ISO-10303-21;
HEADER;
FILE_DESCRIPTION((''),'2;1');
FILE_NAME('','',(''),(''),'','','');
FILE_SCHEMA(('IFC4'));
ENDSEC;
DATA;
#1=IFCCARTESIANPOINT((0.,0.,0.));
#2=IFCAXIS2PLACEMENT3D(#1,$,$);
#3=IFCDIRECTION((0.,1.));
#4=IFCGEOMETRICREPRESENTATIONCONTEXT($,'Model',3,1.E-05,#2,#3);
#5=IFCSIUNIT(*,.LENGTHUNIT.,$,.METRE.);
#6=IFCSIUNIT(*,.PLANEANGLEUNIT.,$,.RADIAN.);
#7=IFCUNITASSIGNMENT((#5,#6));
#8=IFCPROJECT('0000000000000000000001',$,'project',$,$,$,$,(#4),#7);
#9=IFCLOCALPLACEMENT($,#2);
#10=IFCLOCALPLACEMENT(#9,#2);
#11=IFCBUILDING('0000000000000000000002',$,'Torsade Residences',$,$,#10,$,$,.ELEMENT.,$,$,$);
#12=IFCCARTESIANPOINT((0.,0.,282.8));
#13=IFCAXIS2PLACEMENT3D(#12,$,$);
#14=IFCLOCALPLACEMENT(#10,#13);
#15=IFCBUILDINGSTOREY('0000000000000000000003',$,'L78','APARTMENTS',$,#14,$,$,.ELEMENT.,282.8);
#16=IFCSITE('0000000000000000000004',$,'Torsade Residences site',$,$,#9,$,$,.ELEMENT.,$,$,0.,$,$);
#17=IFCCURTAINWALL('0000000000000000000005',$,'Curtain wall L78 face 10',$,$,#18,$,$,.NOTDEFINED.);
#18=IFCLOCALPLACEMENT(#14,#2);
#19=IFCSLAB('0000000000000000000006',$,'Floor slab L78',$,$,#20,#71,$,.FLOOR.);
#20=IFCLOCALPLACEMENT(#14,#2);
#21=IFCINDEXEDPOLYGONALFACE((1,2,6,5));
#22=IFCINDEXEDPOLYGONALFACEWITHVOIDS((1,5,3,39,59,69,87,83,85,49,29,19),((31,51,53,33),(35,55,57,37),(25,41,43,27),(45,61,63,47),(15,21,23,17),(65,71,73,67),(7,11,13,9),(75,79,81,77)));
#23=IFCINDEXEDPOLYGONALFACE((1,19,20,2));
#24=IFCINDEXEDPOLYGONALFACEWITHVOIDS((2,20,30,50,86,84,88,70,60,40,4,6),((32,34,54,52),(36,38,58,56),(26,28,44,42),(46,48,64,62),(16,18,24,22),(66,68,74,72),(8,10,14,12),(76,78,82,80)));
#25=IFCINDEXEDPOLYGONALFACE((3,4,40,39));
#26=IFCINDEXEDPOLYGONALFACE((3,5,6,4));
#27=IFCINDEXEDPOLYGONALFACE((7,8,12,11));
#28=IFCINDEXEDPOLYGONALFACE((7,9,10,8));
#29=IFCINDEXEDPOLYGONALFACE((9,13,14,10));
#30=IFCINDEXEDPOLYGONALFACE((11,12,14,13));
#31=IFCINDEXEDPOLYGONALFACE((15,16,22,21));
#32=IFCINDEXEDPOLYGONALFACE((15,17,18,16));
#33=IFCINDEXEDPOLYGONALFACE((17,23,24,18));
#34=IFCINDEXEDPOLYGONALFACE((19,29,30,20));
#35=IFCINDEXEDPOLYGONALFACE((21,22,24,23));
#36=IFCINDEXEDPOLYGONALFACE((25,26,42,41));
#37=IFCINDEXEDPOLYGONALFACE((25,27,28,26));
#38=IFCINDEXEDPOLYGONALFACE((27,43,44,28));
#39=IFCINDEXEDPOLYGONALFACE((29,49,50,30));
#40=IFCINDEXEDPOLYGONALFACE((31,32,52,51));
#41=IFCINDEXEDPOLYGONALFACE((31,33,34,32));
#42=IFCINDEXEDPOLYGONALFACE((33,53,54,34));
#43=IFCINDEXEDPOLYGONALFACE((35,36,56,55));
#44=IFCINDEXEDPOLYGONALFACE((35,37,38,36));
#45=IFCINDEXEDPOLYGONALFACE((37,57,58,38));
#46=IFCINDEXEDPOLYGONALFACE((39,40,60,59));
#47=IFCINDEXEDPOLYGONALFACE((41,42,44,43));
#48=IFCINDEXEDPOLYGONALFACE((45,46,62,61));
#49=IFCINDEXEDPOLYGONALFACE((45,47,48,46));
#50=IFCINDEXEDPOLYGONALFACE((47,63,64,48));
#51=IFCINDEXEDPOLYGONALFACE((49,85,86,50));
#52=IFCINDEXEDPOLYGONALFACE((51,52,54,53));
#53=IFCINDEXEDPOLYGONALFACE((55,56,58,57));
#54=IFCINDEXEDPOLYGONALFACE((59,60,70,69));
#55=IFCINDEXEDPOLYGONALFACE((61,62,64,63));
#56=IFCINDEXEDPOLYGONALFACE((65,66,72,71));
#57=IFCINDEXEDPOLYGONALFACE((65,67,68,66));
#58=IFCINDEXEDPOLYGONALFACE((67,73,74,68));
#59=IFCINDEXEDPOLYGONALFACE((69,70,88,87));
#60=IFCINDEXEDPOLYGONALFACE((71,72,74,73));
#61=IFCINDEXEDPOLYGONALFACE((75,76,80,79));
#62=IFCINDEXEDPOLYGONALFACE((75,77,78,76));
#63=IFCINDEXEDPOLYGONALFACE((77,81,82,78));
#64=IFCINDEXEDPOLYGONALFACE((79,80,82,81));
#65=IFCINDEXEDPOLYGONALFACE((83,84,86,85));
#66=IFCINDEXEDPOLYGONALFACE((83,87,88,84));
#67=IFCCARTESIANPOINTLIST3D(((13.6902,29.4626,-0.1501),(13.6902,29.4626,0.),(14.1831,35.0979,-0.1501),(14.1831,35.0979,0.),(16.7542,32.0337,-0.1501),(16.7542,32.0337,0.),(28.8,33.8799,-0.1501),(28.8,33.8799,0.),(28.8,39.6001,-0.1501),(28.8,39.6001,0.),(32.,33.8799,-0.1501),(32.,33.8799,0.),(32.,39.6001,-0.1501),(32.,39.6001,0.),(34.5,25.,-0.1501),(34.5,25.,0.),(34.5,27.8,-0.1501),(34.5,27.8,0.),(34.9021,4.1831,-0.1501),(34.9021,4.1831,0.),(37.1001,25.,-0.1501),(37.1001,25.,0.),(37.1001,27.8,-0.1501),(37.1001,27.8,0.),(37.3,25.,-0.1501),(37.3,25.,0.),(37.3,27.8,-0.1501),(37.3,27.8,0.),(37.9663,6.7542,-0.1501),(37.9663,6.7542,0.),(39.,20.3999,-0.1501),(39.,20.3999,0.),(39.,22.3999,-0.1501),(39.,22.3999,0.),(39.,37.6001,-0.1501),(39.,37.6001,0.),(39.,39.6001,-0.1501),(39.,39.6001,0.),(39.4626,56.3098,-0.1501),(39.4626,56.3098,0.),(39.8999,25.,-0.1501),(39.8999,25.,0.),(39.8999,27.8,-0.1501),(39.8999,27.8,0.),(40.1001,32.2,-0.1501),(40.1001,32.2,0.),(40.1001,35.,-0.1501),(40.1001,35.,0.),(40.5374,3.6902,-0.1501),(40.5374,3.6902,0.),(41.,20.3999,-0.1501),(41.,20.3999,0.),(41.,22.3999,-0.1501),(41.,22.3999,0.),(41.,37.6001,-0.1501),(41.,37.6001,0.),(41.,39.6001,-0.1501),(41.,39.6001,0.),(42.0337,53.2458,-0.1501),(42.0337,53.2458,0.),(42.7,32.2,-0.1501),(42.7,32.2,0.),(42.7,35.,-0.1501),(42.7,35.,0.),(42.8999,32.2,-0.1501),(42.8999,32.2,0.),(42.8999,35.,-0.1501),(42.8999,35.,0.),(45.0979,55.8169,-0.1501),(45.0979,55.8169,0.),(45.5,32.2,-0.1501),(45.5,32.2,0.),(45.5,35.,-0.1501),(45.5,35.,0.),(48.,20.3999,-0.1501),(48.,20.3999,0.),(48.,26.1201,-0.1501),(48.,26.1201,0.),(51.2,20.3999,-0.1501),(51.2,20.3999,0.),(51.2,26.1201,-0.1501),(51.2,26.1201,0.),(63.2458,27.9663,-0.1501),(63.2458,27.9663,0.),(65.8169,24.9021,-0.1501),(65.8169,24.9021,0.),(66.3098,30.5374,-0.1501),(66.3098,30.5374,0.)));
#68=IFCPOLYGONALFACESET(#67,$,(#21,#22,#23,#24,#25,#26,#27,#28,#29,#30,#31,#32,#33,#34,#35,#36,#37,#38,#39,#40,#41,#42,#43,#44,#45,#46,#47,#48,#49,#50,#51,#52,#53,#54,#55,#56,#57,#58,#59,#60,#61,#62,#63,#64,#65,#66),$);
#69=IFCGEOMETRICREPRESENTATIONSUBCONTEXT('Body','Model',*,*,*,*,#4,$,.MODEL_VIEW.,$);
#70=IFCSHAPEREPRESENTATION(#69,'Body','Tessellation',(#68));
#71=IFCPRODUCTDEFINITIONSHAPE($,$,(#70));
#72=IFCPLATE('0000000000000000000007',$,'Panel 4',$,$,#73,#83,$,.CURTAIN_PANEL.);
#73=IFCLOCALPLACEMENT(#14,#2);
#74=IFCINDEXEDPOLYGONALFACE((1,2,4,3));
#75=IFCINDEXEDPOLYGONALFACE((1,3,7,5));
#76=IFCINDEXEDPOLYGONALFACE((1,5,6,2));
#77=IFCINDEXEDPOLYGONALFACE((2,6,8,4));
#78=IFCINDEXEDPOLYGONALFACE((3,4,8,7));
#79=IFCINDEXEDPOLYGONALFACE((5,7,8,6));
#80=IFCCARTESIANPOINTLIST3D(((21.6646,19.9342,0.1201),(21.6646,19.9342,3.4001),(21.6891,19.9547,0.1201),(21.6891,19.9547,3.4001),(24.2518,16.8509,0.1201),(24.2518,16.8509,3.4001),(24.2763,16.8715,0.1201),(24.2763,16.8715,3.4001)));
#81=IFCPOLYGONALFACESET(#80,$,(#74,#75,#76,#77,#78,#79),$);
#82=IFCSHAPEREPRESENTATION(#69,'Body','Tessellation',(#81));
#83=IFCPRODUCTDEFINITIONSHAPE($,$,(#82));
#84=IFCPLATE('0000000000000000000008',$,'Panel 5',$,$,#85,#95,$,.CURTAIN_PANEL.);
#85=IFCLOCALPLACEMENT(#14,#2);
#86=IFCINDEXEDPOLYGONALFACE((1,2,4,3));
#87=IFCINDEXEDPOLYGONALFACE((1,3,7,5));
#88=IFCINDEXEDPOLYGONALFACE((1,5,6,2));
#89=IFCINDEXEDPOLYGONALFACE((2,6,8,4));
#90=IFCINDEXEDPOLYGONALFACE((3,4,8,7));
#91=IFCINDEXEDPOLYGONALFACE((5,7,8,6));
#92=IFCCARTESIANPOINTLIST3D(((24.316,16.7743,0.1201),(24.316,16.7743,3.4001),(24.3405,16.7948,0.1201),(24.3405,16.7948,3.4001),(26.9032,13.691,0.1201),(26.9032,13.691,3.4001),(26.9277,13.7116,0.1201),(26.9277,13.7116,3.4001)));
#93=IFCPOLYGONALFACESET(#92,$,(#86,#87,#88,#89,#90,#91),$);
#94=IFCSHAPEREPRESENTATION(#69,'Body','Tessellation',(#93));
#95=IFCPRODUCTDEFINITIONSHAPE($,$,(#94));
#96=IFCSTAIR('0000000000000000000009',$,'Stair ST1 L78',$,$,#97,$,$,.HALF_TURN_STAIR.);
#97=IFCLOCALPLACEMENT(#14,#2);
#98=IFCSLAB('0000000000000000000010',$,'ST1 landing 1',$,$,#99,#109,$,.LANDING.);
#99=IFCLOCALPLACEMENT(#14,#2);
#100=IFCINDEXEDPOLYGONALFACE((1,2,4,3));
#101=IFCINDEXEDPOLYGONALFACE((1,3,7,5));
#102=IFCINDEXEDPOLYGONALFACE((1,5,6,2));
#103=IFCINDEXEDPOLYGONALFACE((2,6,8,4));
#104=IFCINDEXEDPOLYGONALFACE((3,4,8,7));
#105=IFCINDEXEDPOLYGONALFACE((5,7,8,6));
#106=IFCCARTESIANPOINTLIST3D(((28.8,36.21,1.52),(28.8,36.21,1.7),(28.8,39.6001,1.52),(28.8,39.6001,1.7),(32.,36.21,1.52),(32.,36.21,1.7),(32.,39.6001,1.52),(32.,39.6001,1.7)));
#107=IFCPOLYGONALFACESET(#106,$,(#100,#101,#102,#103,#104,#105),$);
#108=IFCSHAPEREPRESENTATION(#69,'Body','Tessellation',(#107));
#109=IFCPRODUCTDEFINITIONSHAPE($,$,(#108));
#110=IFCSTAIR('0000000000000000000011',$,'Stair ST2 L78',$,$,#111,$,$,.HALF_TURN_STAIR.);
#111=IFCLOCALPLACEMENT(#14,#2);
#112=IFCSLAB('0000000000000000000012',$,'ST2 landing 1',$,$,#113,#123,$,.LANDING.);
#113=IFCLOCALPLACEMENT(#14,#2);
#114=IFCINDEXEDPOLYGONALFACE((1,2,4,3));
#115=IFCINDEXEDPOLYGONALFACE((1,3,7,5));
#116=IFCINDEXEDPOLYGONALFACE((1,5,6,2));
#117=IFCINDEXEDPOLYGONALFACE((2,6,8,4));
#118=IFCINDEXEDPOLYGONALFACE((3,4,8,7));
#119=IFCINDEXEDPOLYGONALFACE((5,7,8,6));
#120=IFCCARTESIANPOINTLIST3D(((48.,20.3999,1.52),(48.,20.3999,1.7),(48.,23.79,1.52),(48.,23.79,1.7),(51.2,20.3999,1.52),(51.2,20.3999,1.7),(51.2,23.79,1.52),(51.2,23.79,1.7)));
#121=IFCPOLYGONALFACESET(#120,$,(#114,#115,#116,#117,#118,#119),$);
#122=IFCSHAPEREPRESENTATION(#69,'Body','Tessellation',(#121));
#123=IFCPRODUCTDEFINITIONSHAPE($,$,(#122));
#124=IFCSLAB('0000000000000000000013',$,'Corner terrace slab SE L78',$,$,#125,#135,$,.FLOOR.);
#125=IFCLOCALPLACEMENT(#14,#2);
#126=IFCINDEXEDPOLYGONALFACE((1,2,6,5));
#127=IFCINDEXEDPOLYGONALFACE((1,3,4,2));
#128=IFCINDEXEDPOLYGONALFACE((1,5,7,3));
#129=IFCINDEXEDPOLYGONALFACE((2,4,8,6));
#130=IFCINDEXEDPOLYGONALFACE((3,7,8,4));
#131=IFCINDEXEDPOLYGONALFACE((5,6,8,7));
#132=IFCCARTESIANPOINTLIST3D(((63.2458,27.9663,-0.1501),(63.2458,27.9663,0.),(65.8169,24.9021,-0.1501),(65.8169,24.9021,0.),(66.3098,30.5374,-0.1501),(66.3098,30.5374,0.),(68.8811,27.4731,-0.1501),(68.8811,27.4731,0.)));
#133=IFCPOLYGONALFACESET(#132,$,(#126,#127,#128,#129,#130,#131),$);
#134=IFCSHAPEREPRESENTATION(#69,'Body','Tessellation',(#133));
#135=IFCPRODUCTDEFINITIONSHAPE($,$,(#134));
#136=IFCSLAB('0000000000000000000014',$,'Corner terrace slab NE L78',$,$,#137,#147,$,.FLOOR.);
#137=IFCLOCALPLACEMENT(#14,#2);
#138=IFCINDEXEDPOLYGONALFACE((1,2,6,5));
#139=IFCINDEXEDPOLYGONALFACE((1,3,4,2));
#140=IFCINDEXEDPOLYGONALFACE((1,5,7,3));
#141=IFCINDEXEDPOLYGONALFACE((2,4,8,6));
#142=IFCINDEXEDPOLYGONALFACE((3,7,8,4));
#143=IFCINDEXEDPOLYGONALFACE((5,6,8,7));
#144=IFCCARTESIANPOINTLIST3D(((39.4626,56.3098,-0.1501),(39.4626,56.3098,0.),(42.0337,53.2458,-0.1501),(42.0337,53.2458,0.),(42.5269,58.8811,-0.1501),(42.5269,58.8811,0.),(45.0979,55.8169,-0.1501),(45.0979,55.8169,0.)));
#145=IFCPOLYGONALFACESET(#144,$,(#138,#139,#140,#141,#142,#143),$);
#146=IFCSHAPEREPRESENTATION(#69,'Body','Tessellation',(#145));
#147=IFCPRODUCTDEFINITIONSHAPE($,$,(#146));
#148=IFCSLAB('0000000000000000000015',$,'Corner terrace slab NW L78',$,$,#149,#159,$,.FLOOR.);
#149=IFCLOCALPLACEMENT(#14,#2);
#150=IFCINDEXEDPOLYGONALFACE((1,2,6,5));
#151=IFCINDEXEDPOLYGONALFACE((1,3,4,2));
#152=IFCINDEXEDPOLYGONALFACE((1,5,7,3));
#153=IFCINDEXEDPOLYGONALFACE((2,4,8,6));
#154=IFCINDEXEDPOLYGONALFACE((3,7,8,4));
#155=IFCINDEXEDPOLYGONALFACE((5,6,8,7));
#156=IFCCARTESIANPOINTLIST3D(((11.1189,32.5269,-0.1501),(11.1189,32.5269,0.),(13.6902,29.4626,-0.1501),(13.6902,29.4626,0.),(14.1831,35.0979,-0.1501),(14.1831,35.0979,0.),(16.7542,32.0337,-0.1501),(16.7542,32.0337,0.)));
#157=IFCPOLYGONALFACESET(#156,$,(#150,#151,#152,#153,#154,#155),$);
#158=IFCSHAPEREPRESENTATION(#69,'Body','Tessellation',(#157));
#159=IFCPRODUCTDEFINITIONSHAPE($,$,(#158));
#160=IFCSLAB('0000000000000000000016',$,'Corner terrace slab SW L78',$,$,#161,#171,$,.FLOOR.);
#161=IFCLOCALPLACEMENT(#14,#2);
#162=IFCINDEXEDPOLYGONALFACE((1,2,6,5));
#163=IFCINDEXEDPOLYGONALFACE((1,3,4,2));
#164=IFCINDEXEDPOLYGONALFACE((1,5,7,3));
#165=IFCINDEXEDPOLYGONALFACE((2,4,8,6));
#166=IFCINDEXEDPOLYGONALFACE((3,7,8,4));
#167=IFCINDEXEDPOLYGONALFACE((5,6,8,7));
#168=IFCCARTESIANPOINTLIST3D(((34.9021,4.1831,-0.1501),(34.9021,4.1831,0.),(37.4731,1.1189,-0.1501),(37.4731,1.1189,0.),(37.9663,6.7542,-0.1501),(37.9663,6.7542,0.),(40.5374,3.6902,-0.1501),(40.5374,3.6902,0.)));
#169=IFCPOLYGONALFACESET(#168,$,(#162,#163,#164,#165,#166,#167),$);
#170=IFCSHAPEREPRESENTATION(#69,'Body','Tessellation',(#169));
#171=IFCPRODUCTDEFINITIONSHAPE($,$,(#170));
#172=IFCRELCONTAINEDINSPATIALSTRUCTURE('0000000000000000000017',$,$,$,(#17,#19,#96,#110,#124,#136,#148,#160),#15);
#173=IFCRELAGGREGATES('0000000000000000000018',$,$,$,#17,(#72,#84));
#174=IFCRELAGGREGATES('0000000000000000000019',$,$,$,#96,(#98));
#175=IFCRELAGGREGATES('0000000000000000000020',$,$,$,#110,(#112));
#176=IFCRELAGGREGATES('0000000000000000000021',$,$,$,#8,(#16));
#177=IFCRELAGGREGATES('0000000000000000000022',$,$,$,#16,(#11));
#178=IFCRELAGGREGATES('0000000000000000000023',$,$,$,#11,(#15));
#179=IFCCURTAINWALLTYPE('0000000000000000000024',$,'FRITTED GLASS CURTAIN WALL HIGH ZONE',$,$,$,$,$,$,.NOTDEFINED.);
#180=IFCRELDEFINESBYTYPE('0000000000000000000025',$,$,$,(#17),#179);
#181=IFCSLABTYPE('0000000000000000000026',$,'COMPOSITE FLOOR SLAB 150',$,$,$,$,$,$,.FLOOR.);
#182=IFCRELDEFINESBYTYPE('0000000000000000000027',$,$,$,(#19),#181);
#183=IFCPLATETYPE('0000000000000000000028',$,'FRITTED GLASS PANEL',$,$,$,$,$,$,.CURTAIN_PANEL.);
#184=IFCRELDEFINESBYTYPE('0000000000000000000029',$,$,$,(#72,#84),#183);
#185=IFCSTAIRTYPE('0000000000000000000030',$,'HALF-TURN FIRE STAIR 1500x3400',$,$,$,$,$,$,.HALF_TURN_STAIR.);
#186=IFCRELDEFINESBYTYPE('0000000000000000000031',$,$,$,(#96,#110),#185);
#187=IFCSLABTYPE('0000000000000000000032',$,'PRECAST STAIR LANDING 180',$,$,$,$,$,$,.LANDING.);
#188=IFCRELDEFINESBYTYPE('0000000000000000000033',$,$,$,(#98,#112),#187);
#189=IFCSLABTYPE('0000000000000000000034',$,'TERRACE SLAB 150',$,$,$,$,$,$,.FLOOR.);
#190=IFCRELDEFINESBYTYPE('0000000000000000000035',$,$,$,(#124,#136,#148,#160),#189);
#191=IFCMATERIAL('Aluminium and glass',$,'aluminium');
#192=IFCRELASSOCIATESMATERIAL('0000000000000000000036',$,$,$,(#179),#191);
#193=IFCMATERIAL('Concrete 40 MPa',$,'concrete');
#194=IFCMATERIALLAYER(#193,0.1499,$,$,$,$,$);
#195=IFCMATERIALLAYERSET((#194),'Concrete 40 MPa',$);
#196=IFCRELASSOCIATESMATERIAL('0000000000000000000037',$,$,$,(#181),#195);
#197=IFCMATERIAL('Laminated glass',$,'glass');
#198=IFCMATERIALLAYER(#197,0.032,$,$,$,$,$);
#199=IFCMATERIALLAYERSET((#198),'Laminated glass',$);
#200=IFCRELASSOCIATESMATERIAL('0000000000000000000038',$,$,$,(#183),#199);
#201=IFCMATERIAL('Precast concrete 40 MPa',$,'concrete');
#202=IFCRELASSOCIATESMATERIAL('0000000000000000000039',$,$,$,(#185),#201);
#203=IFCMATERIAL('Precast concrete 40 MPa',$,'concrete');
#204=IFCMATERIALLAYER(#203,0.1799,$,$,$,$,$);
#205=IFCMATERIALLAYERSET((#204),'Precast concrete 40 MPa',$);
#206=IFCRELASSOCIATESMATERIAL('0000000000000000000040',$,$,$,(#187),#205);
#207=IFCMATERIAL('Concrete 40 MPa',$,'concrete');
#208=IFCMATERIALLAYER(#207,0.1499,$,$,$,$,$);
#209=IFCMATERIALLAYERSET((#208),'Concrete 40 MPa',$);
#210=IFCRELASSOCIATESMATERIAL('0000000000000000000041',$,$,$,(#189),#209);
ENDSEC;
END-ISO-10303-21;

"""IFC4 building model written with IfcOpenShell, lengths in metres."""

from ifc_helpers import new_model, si_unit, direction, frame, origin, origin_2d, place, context, subcontext, project, spatial, polyline, rectangle, outline, extrude, material, layer, layer_set, type_object, element, aggregate, save


model = new_model("IFC4")

# Units and contexts
model_context = context("Model", 3, precision=1e-05, world=origin(), true_north=direction((0.0, 1.0)))
body_context = subcontext(model_context, "Body", "Model", "MODEL_VIEW")
ifc_project = project(units=[si_unit("LENGTHUNIT", "METRE"), si_unit("PLANEANGLEUNIT", "RADIAN")], contexts=[model_context])

# Site, building, storey
site_placement = place(None, origin())
site = spatial("IfcSite", under=ifc_project, at=site_placement, Name="Torsade Residences site", CompositionType="ELEMENT", RefElevation=0.0)
building_placement = place(site_placement, origin())
building = spatial("IfcBuilding", under=site, at=building_placement, Name="Torsade Residences", CompositionType="ELEMENT")
storey_placement = place(building_placement, frame((0.0, 0.0, 282.8)))
storey = spatial("IfcBuildingStorey", under=building, at=storey_placement, Name="L78", Description="APARTMENTS", CompositionType="ELEMENT", Elevation=282.8)

# Curtain wall
ifc_material_1 = material(Name="Aluminium and glass", Category="aluminium")
curtain_wall_type = type_object("IfcCurtainWallType", Name="FRITTED GLASS CURTAIN WALL HIGH ZONE", PredefinedType="NOTDEFINED", material=ifc_material_1)
curtain_wall_placement = place(storey_placement, origin())
curtain_wall = element("IfcCurtainWall", 1, at=curtain_wall_placement, inside=storey, type_object=curtain_wall_type, Name="Curtain wall L78 face 10", PredefinedType="NOTDEFINED")

# Slab
ifc_material_2 = material(Name="Concrete 40 MPa", Category="concrete")
ifc_layer_1 = layer(ifc_material_2, 0.1499)
ifc_layer_set_1 = layer_set([ifc_layer_1], Name="Concrete 40 MPa")
slab_type_1 = type_object("IfcSlabType", Name="COMPOSITE FLOOR SLAB 150", PredefinedType="FLOOR", material=ifc_layer_set_1)
slab_1_placement = place(storey_placement, frame((0.0, 0.0, -0.1501)))
element("IfcSlab", 2, at=slab_1_placement, inside=storey, type_object=slab_type_1, Name="Floor slab L78", PredefinedType="FLOOR", context=body_context, shape_type="SweptSolid", body=[
    extrude(outline(polyline([(40.5374, 3.6902), (65.8169, 24.9021), (63.2458, 27.9663), (66.3098, 30.5374), (45.0979, 55.8169), (42.0337, 53.2458), (39.4626, 56.3098), (14.1831, 35.0979), (16.7542, 32.0337), (13.6902, 29.4626), (34.9021, 4.1831), (37.9663, 6.7542), (40.5374, 3.6902)]), holes=[polyline([(51.2, 26.1201), (48.0, 26.1201), (48.0, 20.3999), (51.2, 20.3999), (51.2, 26.1201)]), polyline([(45.5, 35.0), (42.8999, 35.0), (42.8999, 32.2), (45.5, 32.2), (45.5, 35.0)]), polyline([(42.7, 35.0), (40.1001, 35.0), (40.1001, 32.2), (42.7, 32.2), (42.7, 35.0)]), polyline([(41.0, 22.3999), (39.0, 22.3999), (39.0, 20.3999), (41.0, 20.3999), (41.0, 22.3999)]), polyline([(41.0, 39.6001), (39.0, 39.6001), (39.0, 37.6001), (41.0, 37.6001), (41.0, 39.6001)]), polyline([(39.8999, 27.8), (37.3, 27.8), (37.3, 25.0), (39.8999, 25.0), (39.8999, 27.8)]), polyline([(37.1001, 27.8), (34.5, 27.8), (34.5, 25.0), (37.1001, 25.0), (37.1001, 27.8)]), polyline([(32.0, 39.6001), (28.8, 39.6001), (28.8, 33.8799), (32.0, 33.8799), (32.0, 39.6001)])]), origin(), (0.0, 0.0, 1.0), 0.1501),
])

# Plates
ifc_material_3 = material(Name="Laminated glass", Category="glass")
ifc_layer_2 = layer(ifc_material_3, 0.032)
ifc_layer_set_2 = layer_set([ifc_layer_2], Name="Laminated glass")
plate_type = type_object("IfcPlateType", Name="FRITTED GLASS PANEL", PredefinedType="CURTAIN_PANEL", material=ifc_layer_set_2)
plate_1_placement = place(storey_placement, frame((22.9705, 18.4028, 0.1201), z_axis=(0.0, 0.0, 1.0), x_axis=(0.642788, -0.766044, 0.0)))
plate_1 = element("IfcPlate", 3, at=plate_1_placement, type_object=plate_type, Name="Panel 4", PredefinedType="CURTAIN_PANEL", context=body_context, shape_type="SweptSolid", body=[
    extrude(rectangle(XDim=4.0249, YDim=0.032, at=origin_2d()), origin(), (0.0, 0.0, 1.0), 3.28),
])
plate_2_placement = place(storey_placement, frame((25.6218, 15.2429, 0.1201), z_axis=(0.0, 0.0, 1.0), x_axis=(0.642788, -0.766044, 0.0)))
plate_2 = element("IfcPlate", 4, at=plate_2_placement, type_object=plate_type, Name="Panel 5", PredefinedType="CURTAIN_PANEL", context=body_context, shape_type="SweptSolid", body=[
    extrude(rectangle(XDim=4.0249, YDim=0.032, at=origin_2d()), origin(), (0.0, 0.0, 1.0), 3.28),
])
aggregate(curtain_wall, [plate_1, plate_2])

# Stairs, slabs
ifc_material_4 = material(Name="Precast concrete 40 MPa", Category="concrete")
stair_type = type_object("IfcStairType", Name="HALF-TURN FIRE STAIR 1500x3400", PredefinedType="HALF_TURN_STAIR", material=ifc_material_4)
stair_1_placement = place(storey_placement, origin())
stair_1 = element("IfcStair", 5, at=stair_1_placement, inside=storey, type_object=stair_type, Name="Stair ST1 L78", PredefinedType="HALF_TURN_STAIR")
ifc_material_5 = material(Name="Precast concrete 40 MPa", Category="concrete")
ifc_layer_3 = layer(ifc_material_5, 0.1799)
ifc_layer_set_3 = layer_set([ifc_layer_3], Name="Precast concrete 40 MPa")
slab_type_2 = type_object("IfcSlabType", Name="PRECAST STAIR LANDING 180", PredefinedType="LANDING", material=ifc_layer_set_3)
slab_2_placement = place(storey_placement, frame((0.0, 0.0, 1.52)))
slab_2 = element("IfcSlab", 6, at=slab_2_placement, type_object=slab_type_2, Name="ST1 landing 1", PredefinedType="LANDING", context=body_context, shape_type="SweptSolid", body=[
    extrude(outline(polyline([(28.8, 36.21), (32.0, 36.21), (32.0, 39.6001), (28.8, 39.6001), (28.8, 36.21)])), origin(), (0.0, 0.0, 1.0), 0.1799),
])
aggregate(stair_1, [slab_2])
stair_2_placement = place(storey_placement, origin())
stair_2 = element("IfcStair", 7, at=stair_2_placement, inside=storey, type_object=stair_type, Name="Stair ST2 L78", PredefinedType="HALF_TURN_STAIR")
slab_3_placement = place(storey_placement, frame((0.0, 0.0, 1.52)))
slab_3 = element("IfcSlab", 8, at=slab_3_placement, type_object=slab_type_2, Name="ST2 landing 1", PredefinedType="LANDING", context=body_context, shape_type="SweptSolid", body=[
    extrude(outline(polyline([(48.0, 20.3999), (51.2, 20.3999), (51.2, 23.79), (48.0, 23.79), (48.0, 20.3999)])), origin(), (0.0, 0.0, 1.0), 0.1799),
])
aggregate(stair_2, [slab_3])

# Slabs
ifc_material_6 = material(Name="Concrete 40 MPa", Category="concrete")
ifc_layer_4 = layer(ifc_material_6, 0.1499)
ifc_layer_set_4 = layer_set([ifc_layer_4], Name="Concrete 40 MPa")
slab_type_3 = type_object("IfcSlabType", Name="TERRACE SLAB 150", PredefinedType="FLOOR", material=ifc_layer_set_4)
slab_4_placement = place(storey_placement, frame((0.0, 0.0, -0.1501)))
element("IfcSlab", 9, at=slab_4_placement, inside=storey, type_object=slab_type_3, Name="Corner terrace slab SE L78", PredefinedType="FLOOR", context=body_context, shape_type="SweptSolid", body=[
    extrude(outline(polyline([(65.8169, 24.9021), (68.8811, 27.4731), (66.3098, 30.5374), (63.2458, 27.9663), (65.8169, 24.9021)])), origin(), (0.0, 0.0, 1.0), 0.1501),
])
slab_5_placement = place(storey_placement, frame((0.0, 0.0, -0.1501)))
element("IfcSlab", 10, at=slab_5_placement, inside=storey, type_object=slab_type_3, Name="Corner terrace slab NE L78", PredefinedType="FLOOR", context=body_context, shape_type="SweptSolid", body=[
    extrude(outline(polyline([(42.0337, 53.2458), (45.0979, 55.8169), (42.5269, 58.8811), (39.4626, 56.3098), (42.0337, 53.2458)])), origin(), (0.0, 0.0, 1.0), 0.1501),
])
slab_6_placement = place(storey_placement, frame((0.0, 0.0, -0.1501)))
element("IfcSlab", 11, at=slab_6_placement, inside=storey, type_object=slab_type_3, Name="Corner terrace slab NW L78", PredefinedType="FLOOR", context=body_context, shape_type="SweptSolid", body=[
    extrude(outline(polyline([(13.6902, 29.4626), (16.7542, 32.0337), (14.1831, 35.0979), (11.1189, 32.5269), (13.6902, 29.4626)])), origin(), (0.0, 0.0, 1.0), 0.1501),
])
slab_7_placement = place(storey_placement, frame((0.0, 0.0, -0.1501)))
element("IfcSlab", 12, at=slab_7_placement, inside=storey, type_object=slab_type_3, Name="Corner terrace slab SW L78", PredefinedType="FLOOR", context=body_context, shape_type="SweptSolid", body=[
    extrude(outline(polyline([(37.4731, 1.1189), (40.5374, 3.6902), (37.9663, 6.7542), (34.9021, 4.1831), (37.4731, 1.1189)])), origin(), (0.0, 0.0, 1.0), 0.1501),
])

save(model, "model.ifc")
